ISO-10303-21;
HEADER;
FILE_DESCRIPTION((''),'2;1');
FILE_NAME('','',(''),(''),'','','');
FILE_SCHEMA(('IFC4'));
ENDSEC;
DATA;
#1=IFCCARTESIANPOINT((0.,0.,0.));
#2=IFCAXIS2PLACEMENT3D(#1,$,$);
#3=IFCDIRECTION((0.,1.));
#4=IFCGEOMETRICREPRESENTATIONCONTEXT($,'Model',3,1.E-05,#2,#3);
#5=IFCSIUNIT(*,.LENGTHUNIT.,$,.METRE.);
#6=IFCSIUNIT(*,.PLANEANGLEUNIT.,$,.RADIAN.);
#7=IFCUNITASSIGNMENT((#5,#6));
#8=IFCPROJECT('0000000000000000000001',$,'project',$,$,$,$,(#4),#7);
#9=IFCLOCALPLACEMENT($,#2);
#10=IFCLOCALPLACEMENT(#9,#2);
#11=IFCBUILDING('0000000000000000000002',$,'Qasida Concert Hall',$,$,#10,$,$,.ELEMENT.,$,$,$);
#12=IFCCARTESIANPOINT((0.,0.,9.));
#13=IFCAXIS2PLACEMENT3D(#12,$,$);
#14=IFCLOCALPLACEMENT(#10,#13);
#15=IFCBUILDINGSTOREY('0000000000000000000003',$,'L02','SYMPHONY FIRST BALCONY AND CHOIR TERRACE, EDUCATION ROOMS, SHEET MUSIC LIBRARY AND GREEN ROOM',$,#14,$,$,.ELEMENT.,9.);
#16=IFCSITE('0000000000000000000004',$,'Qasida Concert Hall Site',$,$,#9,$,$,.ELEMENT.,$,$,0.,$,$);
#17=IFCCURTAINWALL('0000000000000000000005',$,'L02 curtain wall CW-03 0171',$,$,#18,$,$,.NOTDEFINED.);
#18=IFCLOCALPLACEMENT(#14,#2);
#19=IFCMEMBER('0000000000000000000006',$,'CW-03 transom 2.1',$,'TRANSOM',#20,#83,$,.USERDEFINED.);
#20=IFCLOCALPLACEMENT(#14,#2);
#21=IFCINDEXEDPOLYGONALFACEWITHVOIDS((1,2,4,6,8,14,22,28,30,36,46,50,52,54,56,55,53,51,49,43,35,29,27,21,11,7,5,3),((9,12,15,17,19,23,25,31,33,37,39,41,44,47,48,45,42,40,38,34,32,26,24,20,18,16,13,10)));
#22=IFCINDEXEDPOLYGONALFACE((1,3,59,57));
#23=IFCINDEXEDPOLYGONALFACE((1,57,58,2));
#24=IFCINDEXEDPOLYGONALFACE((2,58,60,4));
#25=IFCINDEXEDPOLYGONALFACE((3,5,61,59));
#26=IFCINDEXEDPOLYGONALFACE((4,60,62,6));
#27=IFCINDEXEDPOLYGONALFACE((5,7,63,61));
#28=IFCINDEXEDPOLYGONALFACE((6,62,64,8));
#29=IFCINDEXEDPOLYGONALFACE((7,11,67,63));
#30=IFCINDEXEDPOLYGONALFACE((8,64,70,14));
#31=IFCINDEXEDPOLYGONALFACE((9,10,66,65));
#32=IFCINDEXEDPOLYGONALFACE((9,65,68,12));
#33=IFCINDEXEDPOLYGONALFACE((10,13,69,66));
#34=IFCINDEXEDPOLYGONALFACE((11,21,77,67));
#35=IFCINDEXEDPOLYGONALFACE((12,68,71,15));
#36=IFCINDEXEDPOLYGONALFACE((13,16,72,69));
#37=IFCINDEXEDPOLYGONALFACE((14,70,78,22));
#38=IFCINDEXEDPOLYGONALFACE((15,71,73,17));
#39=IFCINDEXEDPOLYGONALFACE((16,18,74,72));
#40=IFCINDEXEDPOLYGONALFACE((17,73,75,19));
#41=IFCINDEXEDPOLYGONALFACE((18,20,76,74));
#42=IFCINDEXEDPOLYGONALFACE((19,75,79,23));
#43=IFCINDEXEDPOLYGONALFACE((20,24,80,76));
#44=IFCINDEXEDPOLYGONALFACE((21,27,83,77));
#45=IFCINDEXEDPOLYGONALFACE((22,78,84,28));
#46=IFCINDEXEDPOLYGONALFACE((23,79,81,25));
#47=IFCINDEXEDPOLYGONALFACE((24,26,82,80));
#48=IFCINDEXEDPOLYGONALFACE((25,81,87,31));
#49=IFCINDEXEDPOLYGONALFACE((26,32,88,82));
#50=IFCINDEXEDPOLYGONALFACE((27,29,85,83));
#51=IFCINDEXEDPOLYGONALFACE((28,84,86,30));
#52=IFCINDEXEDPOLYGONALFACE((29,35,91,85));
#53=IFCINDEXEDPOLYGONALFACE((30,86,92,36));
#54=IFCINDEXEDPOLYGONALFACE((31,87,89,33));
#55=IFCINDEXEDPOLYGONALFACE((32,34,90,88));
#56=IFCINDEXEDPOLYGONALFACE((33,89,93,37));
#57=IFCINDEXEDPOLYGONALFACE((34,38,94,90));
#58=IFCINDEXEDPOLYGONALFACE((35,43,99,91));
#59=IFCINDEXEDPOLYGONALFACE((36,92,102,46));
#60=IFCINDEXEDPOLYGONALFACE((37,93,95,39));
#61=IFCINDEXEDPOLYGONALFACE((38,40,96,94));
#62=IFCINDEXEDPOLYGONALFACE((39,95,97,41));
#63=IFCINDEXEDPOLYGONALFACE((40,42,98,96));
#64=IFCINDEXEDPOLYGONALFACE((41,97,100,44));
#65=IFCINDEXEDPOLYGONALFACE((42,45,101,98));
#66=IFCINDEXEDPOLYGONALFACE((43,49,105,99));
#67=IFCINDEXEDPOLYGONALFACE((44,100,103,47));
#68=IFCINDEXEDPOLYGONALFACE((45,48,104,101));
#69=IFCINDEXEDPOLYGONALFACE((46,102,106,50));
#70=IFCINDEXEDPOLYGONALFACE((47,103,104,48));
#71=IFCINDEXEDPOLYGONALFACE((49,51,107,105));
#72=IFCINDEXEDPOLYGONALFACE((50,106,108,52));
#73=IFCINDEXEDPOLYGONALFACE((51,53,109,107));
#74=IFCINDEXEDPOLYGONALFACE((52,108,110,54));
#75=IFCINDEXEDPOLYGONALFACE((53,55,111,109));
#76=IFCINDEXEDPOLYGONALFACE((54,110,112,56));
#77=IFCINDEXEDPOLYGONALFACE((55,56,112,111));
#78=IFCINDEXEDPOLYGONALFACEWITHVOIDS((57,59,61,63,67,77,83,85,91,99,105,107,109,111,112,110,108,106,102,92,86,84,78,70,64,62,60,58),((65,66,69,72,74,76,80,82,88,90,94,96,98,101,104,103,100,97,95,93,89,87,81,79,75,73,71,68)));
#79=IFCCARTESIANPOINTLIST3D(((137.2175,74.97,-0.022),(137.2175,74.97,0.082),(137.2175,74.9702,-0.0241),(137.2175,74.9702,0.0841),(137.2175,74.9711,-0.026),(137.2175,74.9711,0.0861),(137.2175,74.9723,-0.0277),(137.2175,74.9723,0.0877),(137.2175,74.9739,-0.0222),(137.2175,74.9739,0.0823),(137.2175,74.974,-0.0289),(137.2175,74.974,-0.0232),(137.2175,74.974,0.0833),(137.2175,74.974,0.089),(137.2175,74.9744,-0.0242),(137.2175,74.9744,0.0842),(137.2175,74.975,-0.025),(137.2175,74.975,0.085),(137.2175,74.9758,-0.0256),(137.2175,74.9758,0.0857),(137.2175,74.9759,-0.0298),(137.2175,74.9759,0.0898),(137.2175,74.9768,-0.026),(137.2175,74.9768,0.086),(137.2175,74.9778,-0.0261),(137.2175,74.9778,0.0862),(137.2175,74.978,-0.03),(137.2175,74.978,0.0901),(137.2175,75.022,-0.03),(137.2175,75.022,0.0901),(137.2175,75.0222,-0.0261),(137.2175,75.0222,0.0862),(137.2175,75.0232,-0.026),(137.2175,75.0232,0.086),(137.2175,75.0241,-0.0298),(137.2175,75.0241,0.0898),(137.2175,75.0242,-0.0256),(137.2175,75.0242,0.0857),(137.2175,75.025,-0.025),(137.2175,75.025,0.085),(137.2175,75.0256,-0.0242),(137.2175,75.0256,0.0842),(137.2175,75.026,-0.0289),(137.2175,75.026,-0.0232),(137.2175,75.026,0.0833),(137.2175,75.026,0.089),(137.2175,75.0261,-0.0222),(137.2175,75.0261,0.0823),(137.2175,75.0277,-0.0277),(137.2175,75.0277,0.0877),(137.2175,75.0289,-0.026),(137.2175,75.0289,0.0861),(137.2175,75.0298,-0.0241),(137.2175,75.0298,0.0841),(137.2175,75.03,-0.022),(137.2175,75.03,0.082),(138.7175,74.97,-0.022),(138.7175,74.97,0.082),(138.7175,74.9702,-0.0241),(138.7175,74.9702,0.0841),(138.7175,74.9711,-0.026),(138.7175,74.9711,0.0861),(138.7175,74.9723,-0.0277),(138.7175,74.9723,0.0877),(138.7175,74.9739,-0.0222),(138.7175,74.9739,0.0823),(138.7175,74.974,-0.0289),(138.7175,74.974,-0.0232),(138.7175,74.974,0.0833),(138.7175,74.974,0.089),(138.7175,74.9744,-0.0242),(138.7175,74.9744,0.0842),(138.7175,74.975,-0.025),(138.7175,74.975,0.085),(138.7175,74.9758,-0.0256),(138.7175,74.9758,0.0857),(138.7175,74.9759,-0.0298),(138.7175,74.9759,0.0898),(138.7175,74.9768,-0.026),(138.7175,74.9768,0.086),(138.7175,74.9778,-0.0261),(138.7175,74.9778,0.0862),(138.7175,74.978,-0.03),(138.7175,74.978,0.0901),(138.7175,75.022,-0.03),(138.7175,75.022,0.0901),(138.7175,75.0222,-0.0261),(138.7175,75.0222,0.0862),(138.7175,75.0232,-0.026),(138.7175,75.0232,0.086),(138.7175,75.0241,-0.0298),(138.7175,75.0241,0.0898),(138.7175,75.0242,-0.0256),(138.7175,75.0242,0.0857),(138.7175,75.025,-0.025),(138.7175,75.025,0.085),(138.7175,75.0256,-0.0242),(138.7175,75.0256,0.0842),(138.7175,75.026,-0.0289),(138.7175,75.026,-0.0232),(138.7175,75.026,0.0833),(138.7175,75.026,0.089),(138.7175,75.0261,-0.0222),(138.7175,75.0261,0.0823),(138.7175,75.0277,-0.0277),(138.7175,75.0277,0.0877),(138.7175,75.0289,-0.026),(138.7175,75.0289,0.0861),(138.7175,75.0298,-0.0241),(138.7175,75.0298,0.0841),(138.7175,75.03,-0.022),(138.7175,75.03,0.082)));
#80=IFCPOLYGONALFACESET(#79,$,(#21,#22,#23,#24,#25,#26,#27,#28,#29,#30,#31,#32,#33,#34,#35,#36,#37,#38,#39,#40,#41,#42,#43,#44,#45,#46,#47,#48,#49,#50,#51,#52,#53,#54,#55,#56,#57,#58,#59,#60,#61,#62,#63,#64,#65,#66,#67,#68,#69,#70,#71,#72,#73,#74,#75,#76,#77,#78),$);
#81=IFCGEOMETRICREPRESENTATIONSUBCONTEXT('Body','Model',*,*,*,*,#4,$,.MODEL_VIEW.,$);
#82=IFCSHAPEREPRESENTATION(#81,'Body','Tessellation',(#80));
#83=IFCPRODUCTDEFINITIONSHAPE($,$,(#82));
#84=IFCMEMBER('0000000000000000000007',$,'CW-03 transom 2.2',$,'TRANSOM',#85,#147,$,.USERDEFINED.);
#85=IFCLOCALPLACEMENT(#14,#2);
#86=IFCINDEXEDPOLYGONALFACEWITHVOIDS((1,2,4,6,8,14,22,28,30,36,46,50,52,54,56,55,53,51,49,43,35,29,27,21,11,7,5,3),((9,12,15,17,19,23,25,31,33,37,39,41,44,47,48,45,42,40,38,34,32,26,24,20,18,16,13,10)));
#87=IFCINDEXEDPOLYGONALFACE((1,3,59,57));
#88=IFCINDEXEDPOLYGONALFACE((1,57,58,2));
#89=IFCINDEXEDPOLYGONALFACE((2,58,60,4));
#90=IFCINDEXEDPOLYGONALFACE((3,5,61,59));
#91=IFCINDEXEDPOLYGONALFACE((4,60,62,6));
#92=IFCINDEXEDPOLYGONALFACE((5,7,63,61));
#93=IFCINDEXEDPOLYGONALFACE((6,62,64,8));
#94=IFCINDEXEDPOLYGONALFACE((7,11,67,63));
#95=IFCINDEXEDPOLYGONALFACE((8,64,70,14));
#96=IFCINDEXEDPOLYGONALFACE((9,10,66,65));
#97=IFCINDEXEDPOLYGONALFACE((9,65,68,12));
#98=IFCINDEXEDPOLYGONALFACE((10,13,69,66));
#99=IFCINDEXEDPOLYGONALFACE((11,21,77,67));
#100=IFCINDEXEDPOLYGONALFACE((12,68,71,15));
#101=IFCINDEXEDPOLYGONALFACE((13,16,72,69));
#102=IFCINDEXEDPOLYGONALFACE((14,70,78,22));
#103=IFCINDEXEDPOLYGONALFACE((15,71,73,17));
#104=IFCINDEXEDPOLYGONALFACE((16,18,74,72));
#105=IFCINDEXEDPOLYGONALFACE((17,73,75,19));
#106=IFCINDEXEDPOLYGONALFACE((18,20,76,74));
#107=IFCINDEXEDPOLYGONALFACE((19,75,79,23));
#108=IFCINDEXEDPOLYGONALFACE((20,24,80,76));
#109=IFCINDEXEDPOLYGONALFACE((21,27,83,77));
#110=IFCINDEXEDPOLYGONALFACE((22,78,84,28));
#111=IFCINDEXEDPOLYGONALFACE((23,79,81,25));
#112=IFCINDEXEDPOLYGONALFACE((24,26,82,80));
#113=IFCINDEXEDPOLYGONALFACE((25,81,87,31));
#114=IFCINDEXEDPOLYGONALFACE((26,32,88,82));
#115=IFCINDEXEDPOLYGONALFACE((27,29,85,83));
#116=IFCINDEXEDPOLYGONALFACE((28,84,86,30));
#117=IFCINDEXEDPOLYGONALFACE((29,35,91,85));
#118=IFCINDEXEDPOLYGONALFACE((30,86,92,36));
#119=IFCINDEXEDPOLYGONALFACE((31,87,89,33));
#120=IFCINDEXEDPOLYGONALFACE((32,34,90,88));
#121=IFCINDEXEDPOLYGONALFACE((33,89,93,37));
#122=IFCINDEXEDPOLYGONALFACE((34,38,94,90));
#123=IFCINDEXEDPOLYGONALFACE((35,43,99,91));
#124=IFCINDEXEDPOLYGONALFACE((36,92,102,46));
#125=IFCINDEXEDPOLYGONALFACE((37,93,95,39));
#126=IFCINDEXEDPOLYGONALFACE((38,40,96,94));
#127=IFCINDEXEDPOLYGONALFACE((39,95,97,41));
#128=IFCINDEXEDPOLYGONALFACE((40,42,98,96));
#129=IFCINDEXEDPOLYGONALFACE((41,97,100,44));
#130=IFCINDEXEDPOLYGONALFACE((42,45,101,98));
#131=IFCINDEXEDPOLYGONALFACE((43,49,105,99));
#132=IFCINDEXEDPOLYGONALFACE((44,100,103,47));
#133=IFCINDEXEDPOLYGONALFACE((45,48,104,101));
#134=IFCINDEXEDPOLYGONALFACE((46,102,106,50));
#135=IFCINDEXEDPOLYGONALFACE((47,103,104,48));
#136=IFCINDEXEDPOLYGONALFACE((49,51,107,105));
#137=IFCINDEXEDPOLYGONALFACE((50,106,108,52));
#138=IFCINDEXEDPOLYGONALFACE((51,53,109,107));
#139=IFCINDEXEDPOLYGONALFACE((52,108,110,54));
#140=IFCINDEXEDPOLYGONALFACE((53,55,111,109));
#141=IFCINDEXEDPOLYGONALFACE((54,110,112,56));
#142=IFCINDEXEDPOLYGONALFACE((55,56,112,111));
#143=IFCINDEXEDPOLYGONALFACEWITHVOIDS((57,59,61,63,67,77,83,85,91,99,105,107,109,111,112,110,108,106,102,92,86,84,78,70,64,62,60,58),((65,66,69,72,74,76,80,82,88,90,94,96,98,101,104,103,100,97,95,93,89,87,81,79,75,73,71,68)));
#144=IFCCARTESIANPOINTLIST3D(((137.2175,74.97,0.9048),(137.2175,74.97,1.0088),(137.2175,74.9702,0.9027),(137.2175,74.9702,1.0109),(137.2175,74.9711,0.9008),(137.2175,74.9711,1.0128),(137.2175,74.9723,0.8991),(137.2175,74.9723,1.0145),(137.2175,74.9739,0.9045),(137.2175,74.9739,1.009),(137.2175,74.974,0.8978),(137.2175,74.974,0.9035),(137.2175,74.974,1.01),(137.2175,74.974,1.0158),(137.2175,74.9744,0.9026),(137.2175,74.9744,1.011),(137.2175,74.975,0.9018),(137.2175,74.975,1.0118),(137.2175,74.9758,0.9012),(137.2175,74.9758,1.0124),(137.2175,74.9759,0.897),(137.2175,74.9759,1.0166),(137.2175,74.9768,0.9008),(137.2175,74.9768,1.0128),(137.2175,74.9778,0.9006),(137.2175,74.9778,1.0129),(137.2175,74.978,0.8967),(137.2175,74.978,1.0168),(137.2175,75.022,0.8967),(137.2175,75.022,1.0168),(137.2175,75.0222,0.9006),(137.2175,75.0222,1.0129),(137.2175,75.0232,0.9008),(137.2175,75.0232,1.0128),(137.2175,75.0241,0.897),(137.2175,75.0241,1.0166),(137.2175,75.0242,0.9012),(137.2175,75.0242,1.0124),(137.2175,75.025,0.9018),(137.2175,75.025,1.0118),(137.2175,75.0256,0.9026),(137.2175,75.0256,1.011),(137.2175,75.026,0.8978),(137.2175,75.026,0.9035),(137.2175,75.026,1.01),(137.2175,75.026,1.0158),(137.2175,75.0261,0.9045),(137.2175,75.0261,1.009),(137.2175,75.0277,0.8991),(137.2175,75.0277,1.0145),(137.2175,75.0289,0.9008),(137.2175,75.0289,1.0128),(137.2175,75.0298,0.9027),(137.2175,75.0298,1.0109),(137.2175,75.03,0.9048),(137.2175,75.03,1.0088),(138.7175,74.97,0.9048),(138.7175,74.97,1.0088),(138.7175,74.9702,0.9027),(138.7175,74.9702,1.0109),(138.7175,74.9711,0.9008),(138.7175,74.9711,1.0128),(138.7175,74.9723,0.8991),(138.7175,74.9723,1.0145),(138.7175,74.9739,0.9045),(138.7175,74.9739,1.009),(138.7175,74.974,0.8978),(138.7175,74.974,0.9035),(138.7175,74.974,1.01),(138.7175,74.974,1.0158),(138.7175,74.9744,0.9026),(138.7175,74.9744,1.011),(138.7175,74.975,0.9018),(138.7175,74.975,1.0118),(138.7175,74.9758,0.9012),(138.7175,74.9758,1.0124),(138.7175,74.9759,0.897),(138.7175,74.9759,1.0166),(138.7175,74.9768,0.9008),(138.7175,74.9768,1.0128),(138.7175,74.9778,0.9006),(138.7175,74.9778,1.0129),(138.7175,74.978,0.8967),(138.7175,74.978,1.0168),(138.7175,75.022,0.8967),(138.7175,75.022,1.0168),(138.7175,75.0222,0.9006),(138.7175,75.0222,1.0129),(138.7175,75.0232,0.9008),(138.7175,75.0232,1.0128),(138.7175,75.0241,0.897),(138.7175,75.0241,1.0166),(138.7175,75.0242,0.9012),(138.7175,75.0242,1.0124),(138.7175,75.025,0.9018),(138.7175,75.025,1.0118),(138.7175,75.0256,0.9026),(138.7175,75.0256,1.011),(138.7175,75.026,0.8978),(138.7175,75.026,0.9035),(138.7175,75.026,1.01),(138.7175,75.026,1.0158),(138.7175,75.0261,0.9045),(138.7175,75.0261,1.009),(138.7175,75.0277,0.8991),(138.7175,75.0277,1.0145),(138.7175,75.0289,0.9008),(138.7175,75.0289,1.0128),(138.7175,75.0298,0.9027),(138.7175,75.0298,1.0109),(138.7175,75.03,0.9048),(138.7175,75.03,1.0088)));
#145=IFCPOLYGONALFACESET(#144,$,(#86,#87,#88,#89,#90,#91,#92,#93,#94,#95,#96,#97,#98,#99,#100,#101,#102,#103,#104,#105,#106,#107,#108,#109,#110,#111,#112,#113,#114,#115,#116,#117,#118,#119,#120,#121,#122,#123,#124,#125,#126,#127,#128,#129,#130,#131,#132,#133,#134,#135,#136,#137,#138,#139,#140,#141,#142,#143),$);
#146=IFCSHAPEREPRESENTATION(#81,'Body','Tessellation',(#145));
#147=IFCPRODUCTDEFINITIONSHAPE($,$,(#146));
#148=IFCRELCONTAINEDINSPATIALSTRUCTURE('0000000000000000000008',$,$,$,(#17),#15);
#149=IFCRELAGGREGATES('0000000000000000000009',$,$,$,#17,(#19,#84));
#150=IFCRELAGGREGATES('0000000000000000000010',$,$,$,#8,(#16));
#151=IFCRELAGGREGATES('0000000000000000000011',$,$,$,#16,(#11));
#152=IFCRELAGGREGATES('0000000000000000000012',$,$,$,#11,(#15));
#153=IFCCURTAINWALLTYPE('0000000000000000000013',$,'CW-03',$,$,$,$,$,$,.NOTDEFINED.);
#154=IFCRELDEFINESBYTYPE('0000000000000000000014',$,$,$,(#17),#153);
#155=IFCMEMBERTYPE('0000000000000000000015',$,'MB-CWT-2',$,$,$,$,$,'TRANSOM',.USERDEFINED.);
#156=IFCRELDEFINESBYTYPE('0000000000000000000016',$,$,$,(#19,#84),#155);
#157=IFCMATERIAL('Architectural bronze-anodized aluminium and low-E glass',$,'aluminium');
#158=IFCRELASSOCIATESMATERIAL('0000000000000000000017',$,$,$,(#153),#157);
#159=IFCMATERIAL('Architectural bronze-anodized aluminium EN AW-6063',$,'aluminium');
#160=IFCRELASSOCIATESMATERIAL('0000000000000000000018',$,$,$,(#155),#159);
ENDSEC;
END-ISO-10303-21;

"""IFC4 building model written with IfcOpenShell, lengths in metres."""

from ifc_helpers import new_model, si_unit, direction, frame, origin, origin_2d, place, context, subcontext, project, spatial, hollow_rectangle, extrude, material, material_profile, profile_set, type_object, element, aggregate, save


model = new_model("IFC4")

# Units and contexts
model_context = context("Model", 3, precision=1e-05, world=origin(), true_north=direction((0.0, 1.0)))
body_context = subcontext(model_context, "Body", "Model", "MODEL_VIEW")
ifc_project = project(units=[si_unit("LENGTHUNIT", "METRE"), si_unit("PLANEANGLEUNIT", "RADIAN")], contexts=[model_context])

# Site, building, storey
site_placement = place(None, origin())
site = spatial("IfcSite", under=ifc_project, at=site_placement, Name="Qasida Concert Hall Site", CompositionType="ELEMENT", RefElevation=0.0)
building_placement = place(site_placement, origin())
building = spatial("IfcBuilding", under=site, at=building_placement, Name="Qasida Concert Hall", CompositionType="ELEMENT")
storey_placement = place(building_placement, frame((0.0, 0.0, 9.0)))
storey = spatial("IfcBuildingStorey", under=building, at=storey_placement, Name="L02", Description="SYMPHONY FIRST BALCONY AND CHOIR TERRACE, EDUCATION ROOMS, SHEET MUSIC LIBRARY AND GREEN ROOM", CompositionType="ELEMENT", Elevation=9.0)

# Curtain wall, members
ifc_material_1 = material(Name="Architectural bronze-anodized aluminium and low-E glass", Category="aluminium")
curtain_wall_type = type_object("IfcCurtainWallType", Name="CW-03", PredefinedType="NOTDEFINED", material=ifc_material_1)
curtain_wall_placement = place(storey_placement, origin())
curtain_wall = element("IfcCurtainWall", 1, at=curtain_wall_placement, inside=storey, type_object=curtain_wall_type, Name="L02 curtain wall CW-03 0171", PredefinedType="NOTDEFINED")
ifc_material_2 = material(Name="Architectural bronze-anodized aluminium EN AW-6063", Category="aluminium")
ifc_material_profile_1 = material_profile(ifc_material_2, hollow_rectangle(XDim=0.0601, YDim=0.1201, WallThickness=0.0039, InnerFilletRadius=0.0039, OuterFilletRadius=0.0081, at=origin_2d()), Name="CWT 120x60x4")
ifc_profile_set_1 = profile_set([ifc_material_profile_1], Name="Architectural bronze-anodized aluminium EN AW-6063")
member_type_1 = type_object("IfcMemberType", Name="MB-CWT-2", ElementType="TRANSOM", PredefinedType="USERDEFINED", material=ifc_profile_set_1)
member_1_placement = place(storey_placement, frame((137.2175, 75.0, 0.03), z_axis=(1.0, 0.0, 0.0), x_axis=(0.0, 1.0, 0.0)))
member_1 = element("IfcMember", 2, at=member_1_placement, type_object=member_type_1, Name="CW-03 transom 2.1", ObjectType="TRANSOM", PredefinedType="USERDEFINED", context=body_context, shape_type="SweptSolid", body=[
    extrude(hollow_rectangle(XDim=0.0601, YDim=0.1201, WallThickness=0.0039, InnerFilletRadius=0.0039, OuterFilletRadius=0.0081, at=origin_2d()), origin(), (0.0, 0.0, 1.0), 1.5),
])
member_2_placement = place(storey_placement, frame((137.2175, 75.0, 0.9568), z_axis=(1.0, 0.0, 0.0), x_axis=(0.0, 1.0, 0.0)))
member_2 = element("IfcMember", 3, at=member_2_placement, type_object=member_type_1, Name="CW-03 transom 2.2", ObjectType="TRANSOM", PredefinedType="USERDEFINED", context=body_context, shape_type="SweptSolid", body=[
    extrude(hollow_rectangle(XDim=0.0601, YDim=0.1201, WallThickness=0.0039, InnerFilletRadius=0.0039, OuterFilletRadius=0.0081, at=origin_2d()), origin(), (0.0, 0.0, 1.0), 1.5),
])
aggregate(curtain_wall, [member_1, member_2])

save(model, "model.ifc")
